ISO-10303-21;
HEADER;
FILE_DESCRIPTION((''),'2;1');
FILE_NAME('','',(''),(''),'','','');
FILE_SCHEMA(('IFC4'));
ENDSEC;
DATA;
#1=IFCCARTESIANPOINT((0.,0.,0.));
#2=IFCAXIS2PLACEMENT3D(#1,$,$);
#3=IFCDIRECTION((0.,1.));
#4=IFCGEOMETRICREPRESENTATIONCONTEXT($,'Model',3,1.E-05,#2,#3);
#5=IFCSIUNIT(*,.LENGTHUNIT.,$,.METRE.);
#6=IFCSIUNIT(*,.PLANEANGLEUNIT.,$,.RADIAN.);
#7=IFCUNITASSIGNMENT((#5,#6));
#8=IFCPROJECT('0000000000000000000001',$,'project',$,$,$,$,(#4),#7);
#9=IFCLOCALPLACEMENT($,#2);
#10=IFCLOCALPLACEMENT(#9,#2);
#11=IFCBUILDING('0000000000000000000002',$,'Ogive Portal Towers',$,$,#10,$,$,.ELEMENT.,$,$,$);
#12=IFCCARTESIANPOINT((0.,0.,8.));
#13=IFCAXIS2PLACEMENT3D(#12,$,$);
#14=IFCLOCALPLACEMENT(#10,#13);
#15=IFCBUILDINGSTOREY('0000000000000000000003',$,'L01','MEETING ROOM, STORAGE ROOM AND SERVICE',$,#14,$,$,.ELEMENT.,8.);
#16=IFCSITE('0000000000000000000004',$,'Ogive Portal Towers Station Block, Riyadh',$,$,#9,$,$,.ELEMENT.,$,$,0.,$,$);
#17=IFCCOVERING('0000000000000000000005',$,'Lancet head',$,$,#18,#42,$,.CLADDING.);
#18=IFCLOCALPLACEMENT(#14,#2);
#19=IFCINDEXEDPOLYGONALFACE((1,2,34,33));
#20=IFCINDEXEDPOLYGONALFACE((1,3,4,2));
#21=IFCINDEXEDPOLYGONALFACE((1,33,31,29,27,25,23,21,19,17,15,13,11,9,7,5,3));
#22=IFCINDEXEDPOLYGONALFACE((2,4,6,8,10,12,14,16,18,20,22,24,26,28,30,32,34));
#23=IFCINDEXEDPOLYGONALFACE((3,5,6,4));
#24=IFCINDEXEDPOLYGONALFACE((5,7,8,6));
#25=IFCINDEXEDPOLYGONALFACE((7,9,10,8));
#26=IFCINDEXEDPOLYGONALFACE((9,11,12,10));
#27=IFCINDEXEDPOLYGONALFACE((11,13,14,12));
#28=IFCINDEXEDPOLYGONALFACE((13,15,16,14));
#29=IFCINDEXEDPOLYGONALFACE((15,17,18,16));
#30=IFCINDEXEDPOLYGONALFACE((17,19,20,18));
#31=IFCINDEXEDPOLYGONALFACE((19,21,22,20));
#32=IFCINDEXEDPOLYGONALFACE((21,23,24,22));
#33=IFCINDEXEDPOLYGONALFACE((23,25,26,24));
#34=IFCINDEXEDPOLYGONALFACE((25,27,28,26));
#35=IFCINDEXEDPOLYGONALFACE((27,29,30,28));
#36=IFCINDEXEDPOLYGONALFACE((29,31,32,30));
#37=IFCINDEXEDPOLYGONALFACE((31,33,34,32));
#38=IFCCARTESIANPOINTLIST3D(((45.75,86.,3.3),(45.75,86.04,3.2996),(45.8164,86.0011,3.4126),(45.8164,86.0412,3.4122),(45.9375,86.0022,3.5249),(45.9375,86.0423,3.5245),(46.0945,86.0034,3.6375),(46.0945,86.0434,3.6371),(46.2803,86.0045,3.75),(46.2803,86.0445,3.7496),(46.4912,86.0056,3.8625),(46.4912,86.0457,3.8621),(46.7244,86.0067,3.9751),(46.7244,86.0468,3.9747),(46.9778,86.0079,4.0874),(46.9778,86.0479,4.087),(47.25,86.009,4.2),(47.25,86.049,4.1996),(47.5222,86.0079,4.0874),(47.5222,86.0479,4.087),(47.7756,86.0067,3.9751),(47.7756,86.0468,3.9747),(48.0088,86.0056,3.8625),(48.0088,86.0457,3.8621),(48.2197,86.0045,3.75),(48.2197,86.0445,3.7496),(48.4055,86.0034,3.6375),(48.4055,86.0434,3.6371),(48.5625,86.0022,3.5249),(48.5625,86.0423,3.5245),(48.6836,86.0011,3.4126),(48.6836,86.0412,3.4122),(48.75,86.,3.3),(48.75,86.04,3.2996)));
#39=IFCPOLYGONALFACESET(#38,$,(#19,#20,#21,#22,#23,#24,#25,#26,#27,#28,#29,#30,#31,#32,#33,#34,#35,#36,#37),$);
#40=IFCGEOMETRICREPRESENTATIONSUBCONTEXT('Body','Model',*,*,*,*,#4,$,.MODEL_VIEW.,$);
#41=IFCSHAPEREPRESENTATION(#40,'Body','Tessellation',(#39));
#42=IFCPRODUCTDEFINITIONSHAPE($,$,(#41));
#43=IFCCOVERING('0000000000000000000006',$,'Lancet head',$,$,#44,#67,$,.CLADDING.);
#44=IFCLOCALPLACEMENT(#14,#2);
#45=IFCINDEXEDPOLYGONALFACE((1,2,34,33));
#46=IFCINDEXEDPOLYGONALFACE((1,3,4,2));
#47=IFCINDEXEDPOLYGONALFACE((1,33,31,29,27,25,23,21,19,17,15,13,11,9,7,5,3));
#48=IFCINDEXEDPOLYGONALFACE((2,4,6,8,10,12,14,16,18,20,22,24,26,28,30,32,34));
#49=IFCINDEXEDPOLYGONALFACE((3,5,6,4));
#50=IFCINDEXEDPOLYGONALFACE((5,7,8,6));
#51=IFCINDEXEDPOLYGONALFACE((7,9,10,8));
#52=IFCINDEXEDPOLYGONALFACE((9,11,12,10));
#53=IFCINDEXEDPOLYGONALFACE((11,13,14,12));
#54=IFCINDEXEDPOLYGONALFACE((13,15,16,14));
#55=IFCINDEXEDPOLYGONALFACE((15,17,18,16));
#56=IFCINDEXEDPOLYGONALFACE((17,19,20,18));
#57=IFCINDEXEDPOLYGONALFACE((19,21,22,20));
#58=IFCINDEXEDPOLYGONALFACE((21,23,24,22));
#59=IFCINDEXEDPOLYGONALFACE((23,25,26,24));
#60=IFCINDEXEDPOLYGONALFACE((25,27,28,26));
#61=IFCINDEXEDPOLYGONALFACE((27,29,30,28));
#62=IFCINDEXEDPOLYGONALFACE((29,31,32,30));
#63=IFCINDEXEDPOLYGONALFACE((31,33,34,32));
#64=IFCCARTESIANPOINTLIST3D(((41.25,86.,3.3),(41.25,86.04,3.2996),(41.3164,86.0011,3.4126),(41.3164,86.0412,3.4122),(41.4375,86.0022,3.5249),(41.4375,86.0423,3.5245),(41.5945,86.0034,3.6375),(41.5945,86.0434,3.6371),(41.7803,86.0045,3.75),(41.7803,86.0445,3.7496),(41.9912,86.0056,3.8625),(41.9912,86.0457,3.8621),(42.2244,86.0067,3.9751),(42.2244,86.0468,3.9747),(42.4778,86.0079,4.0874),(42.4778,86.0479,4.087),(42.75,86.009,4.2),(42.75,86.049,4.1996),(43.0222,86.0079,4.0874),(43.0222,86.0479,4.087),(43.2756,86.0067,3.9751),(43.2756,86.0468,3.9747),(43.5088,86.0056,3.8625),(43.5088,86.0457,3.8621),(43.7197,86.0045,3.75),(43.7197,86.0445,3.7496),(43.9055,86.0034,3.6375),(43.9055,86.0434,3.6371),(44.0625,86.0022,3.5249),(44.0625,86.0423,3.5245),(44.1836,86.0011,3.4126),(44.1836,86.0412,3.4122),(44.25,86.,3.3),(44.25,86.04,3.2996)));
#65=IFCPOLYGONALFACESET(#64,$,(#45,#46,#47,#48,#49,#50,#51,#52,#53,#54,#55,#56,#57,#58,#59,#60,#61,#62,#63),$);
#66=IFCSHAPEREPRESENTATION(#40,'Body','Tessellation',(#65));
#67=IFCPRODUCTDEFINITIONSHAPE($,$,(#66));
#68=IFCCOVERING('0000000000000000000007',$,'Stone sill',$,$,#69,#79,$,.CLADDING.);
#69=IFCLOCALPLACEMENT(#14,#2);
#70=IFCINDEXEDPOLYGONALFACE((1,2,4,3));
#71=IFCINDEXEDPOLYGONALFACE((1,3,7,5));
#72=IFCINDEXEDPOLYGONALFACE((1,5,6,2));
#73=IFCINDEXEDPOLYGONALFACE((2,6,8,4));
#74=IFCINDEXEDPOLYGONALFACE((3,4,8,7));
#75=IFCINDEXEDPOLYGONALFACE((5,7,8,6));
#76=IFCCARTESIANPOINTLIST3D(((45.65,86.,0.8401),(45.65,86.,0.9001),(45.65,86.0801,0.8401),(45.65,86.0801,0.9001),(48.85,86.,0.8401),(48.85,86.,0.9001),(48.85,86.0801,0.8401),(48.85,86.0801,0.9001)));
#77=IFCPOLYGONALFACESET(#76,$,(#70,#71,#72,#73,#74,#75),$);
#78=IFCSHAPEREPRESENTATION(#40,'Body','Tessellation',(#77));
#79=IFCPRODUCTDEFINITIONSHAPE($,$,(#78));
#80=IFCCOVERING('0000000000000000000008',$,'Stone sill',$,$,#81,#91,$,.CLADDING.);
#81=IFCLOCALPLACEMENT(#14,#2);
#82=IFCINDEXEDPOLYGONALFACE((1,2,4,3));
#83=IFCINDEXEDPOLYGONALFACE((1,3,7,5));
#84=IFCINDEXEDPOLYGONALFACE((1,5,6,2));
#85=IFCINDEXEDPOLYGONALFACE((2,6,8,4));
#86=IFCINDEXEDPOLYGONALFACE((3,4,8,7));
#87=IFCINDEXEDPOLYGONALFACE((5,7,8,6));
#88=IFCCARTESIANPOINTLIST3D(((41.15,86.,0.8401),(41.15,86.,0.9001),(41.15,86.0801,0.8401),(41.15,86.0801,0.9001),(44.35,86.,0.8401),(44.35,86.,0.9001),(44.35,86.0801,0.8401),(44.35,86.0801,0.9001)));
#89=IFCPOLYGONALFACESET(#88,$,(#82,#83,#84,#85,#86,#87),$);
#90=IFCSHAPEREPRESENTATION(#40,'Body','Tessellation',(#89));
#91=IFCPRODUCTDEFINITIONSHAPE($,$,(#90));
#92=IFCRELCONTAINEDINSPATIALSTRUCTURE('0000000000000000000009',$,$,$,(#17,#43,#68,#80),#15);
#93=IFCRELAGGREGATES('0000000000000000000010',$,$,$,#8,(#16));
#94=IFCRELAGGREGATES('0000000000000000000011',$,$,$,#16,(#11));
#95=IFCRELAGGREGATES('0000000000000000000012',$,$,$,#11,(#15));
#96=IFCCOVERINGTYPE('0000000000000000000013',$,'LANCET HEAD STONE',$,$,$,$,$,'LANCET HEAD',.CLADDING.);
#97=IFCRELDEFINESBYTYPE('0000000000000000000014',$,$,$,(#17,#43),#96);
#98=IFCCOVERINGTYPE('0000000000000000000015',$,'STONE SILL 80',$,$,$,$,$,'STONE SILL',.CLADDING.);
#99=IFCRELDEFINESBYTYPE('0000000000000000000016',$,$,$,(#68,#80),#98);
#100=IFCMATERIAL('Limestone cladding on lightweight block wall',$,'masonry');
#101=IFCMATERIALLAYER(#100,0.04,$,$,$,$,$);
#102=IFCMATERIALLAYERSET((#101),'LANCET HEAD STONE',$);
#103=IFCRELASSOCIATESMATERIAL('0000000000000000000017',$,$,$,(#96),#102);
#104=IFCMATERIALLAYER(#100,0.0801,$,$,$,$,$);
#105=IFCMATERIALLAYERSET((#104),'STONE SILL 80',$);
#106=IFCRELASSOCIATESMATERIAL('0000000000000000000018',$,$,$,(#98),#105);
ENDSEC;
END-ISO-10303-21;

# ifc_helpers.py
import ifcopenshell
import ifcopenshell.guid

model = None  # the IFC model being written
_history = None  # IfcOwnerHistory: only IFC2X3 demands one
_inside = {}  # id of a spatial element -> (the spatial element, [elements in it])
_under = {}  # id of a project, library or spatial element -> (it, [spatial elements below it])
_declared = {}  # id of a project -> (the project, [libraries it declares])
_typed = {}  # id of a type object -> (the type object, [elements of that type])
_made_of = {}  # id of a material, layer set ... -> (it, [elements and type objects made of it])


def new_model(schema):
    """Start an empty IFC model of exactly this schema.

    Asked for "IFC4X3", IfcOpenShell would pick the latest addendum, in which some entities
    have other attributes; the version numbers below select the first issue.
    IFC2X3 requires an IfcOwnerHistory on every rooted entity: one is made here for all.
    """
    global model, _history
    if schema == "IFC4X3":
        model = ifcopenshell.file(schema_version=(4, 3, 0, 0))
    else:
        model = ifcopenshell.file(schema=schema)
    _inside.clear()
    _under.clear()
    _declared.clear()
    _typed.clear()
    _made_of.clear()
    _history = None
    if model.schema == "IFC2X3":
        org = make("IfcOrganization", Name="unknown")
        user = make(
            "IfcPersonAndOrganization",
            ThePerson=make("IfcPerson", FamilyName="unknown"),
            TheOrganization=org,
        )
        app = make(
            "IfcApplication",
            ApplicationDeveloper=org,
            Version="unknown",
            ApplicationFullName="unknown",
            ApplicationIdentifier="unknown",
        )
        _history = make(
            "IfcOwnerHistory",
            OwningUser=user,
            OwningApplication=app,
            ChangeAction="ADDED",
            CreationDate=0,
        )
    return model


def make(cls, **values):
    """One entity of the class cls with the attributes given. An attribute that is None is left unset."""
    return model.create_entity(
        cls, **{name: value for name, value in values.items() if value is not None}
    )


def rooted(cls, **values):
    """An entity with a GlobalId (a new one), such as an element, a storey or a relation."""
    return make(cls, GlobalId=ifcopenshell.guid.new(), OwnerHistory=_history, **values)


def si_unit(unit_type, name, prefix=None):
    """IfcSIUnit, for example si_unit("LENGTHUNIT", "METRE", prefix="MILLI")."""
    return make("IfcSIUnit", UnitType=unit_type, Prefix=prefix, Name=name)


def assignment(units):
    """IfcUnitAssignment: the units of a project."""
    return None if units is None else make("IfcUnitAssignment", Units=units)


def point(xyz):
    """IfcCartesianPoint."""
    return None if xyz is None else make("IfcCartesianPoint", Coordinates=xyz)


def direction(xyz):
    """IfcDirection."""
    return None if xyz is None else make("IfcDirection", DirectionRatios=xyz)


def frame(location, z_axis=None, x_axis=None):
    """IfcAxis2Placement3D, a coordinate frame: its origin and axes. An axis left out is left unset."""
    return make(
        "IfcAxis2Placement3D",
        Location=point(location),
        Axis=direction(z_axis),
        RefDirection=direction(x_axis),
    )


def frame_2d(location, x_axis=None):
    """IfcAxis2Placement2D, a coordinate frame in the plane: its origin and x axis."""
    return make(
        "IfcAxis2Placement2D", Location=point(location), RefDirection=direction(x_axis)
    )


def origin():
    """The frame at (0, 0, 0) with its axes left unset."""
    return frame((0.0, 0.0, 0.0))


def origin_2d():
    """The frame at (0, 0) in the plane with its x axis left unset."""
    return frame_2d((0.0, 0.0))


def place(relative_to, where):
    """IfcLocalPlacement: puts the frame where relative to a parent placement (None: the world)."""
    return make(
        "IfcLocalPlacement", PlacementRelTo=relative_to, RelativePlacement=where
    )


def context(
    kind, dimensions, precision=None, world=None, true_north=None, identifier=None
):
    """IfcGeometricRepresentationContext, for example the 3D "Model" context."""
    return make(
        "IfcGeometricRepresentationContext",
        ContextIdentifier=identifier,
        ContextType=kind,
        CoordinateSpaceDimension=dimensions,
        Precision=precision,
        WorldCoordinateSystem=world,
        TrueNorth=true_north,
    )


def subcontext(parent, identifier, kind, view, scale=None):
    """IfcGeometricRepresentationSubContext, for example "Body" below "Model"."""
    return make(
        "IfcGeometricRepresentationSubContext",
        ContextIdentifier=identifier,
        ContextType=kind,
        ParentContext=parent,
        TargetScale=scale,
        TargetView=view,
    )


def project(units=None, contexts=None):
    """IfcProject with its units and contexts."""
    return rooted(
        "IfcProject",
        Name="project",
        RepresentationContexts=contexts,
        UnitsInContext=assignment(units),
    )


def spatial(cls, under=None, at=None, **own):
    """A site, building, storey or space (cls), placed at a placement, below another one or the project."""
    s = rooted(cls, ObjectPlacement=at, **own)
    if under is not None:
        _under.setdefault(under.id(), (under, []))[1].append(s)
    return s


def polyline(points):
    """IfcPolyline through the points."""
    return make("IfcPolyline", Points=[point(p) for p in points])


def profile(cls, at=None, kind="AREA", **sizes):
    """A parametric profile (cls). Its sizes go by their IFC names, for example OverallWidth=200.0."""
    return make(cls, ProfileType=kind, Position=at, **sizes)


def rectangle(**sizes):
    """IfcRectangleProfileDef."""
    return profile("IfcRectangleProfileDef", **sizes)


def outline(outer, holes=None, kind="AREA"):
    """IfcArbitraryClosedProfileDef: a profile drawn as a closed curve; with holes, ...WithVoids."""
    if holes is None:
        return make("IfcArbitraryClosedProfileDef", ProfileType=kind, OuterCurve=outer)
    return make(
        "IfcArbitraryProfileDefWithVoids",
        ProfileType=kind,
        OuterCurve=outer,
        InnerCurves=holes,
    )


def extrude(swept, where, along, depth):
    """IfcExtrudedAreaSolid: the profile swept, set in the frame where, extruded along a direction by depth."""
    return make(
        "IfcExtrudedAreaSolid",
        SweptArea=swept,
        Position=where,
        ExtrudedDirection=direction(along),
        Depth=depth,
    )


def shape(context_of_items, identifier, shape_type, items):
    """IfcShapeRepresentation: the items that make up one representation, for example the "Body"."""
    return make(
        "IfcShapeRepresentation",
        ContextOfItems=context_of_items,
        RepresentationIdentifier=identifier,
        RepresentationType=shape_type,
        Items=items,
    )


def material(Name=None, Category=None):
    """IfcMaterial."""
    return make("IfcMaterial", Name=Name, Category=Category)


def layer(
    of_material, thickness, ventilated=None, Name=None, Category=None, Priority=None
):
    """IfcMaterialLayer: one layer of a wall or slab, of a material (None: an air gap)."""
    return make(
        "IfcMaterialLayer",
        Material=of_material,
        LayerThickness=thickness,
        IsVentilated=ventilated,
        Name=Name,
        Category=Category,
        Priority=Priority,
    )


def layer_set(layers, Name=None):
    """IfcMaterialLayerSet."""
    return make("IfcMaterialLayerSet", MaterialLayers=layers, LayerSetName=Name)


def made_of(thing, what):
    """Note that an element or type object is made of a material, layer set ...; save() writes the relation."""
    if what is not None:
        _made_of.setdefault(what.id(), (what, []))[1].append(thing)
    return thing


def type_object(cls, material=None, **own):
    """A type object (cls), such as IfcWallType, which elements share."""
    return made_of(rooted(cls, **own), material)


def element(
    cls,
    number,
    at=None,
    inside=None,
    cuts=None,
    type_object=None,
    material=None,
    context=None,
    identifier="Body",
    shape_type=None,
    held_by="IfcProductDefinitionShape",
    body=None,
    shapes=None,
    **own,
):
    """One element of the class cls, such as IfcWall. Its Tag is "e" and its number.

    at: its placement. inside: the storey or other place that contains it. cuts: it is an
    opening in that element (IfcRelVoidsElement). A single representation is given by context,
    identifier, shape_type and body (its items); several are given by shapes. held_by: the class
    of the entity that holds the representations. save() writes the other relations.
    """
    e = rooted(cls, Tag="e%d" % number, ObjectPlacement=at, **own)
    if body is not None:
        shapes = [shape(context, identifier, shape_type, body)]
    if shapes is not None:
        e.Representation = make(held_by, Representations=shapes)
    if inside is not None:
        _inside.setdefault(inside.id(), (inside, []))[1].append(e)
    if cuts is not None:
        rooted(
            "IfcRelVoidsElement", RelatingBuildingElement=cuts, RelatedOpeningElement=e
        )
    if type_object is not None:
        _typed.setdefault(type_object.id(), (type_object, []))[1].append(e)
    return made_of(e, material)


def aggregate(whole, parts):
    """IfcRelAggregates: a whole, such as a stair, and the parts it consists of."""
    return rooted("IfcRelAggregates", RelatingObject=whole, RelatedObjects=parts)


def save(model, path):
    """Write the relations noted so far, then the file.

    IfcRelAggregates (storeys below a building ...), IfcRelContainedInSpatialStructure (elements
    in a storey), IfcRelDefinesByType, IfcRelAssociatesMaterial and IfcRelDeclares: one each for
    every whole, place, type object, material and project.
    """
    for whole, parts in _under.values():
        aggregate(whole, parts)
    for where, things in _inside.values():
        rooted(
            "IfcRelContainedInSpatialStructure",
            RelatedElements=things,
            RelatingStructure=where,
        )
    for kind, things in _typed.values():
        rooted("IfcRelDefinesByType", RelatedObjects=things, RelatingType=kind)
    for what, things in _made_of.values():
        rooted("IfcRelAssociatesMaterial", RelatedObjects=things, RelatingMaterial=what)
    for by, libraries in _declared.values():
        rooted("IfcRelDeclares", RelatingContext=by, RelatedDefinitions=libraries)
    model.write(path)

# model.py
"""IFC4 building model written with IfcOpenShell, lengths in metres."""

from ifc_helpers import new_model, si_unit, direction, frame, origin, origin_2d, place, context, subcontext, project, spatial, polyline, rectangle, outline, extrude, material, layer, layer_set, type_object, element, save


model = new_model("IFC4")

# Units and contexts
model_context = context("Model", 3, precision=1e-05, world=origin(), true_north=direction((0.0, 1.0)))
body_context = subcontext(model_context, "Body", "Model", "MODEL_VIEW")
ifc_project = project(units=[si_unit("LENGTHUNIT", "METRE"), si_unit("PLANEANGLEUNIT", "RADIAN")], contexts=[model_context])

# Site, building, storey
site_placement = place(None, origin())
site = spatial("IfcSite", under=ifc_project, at=site_placement, Name="Ogive Portal Towers Station Block, Riyadh", CompositionType="ELEMENT", RefElevation=0.0)
building_placement = place(site_placement, origin())
building = spatial("IfcBuilding", under=site, at=building_placement, Name="Ogive Portal Towers", CompositionType="ELEMENT")
storey_placement = place(building_placement, frame((0.0, 0.0, 8.0)))
storey = spatial("IfcBuildingStorey", under=building, at=storey_placement, Name="L01", Description="MEETING ROOM, STORAGE ROOM AND SERVICE", CompositionType="ELEMENT", Elevation=8.0)

# Coverings
ifc_material_1 = material(Name="Limestone cladding on lightweight block wall", Category="masonry")
ifc_layer_1 = layer(ifc_material_1, 0.04)
ifc_layer_set_1 = layer_set([ifc_layer_1], Name="LANCET HEAD STONE")
covering_type_1 = type_object("IfcCoveringType", Name="LANCET HEAD STONE", ElementType="LANCET HEAD", PredefinedType="CLADDING", material=ifc_layer_set_1)
for number, where, z_axis, x_axis, name in (
    (1, (48.75, 86.0, 3.3), (0.0, -0.99995, 0.009994), (-1.0, 0.0, 0.0), "Lancet head"),
    (2, (44.25, 86.0, 3.3), (0.0, -0.99995, 0.009994), (-1.0, 0.0, 0.0), "Lancet head"),
):
    element("IfcCovering", number, at=place(storey_placement, frame(where, z_axis=z_axis, x_axis=x_axis)), inside=storey, type_object=covering_type_1, Name=name, PredefinedType="CLADDING", context=body_context, shape_type="SweptSolid", body=[
        extrude(outline(polyline([(0.0, 0.0), (3.0, 0.0), (2.9336, -0.1126), (2.8125, -0.2249), (2.6555, -0.3374), (2.4697, -0.45), (2.2588, -0.5625), (2.0256, -0.6751), (1.7722, -0.7874), (1.5, -0.8999), (1.2278, -0.7874), (0.9744, -0.6751), (0.7412, -0.5625), (0.5303, -0.45), (0.3445, -0.3374), (0.1875, -0.2249), (0.0664, -0.1126), (0.0, 0.0)])), origin(), (0.0, 0.0, -1.0), 0.04),
    ])
ifc_layer_2 = layer(ifc_material_1, 0.0801)
ifc_layer_set_2 = layer_set([ifc_layer_2], Name="STONE SILL 80")
covering_type_2 = type_object("IfcCoveringType", Name="STONE SILL 80", ElementType="STONE SILL", PredefinedType="CLADDING", material=ifc_layer_set_2)
for number, where, z_axis, x_axis, name in (
    (3, (47.25, 86.04, 0.8401), (0.0, 0.0, 1.0), (-1.0, 0.0, 0.0), "Stone sill"),
    (4, (42.75, 86.04, 0.8401), (0.0, 0.0, 1.0), (-1.0, 0.0, 0.0), "Stone sill"),
):
    element("IfcCovering", number, at=place(storey_placement, frame(where, z_axis=z_axis, x_axis=x_axis)), inside=storey, type_object=covering_type_2, Name=name, PredefinedType="CLADDING", context=body_context, shape_type="SweptSolid", body=[
        extrude(rectangle(XDim=3.2, YDim=0.0801, at=origin_2d()), origin(), (0.0, 0.0, 1.0), 0.0601),
    ])

save(model, "model.ifc")
